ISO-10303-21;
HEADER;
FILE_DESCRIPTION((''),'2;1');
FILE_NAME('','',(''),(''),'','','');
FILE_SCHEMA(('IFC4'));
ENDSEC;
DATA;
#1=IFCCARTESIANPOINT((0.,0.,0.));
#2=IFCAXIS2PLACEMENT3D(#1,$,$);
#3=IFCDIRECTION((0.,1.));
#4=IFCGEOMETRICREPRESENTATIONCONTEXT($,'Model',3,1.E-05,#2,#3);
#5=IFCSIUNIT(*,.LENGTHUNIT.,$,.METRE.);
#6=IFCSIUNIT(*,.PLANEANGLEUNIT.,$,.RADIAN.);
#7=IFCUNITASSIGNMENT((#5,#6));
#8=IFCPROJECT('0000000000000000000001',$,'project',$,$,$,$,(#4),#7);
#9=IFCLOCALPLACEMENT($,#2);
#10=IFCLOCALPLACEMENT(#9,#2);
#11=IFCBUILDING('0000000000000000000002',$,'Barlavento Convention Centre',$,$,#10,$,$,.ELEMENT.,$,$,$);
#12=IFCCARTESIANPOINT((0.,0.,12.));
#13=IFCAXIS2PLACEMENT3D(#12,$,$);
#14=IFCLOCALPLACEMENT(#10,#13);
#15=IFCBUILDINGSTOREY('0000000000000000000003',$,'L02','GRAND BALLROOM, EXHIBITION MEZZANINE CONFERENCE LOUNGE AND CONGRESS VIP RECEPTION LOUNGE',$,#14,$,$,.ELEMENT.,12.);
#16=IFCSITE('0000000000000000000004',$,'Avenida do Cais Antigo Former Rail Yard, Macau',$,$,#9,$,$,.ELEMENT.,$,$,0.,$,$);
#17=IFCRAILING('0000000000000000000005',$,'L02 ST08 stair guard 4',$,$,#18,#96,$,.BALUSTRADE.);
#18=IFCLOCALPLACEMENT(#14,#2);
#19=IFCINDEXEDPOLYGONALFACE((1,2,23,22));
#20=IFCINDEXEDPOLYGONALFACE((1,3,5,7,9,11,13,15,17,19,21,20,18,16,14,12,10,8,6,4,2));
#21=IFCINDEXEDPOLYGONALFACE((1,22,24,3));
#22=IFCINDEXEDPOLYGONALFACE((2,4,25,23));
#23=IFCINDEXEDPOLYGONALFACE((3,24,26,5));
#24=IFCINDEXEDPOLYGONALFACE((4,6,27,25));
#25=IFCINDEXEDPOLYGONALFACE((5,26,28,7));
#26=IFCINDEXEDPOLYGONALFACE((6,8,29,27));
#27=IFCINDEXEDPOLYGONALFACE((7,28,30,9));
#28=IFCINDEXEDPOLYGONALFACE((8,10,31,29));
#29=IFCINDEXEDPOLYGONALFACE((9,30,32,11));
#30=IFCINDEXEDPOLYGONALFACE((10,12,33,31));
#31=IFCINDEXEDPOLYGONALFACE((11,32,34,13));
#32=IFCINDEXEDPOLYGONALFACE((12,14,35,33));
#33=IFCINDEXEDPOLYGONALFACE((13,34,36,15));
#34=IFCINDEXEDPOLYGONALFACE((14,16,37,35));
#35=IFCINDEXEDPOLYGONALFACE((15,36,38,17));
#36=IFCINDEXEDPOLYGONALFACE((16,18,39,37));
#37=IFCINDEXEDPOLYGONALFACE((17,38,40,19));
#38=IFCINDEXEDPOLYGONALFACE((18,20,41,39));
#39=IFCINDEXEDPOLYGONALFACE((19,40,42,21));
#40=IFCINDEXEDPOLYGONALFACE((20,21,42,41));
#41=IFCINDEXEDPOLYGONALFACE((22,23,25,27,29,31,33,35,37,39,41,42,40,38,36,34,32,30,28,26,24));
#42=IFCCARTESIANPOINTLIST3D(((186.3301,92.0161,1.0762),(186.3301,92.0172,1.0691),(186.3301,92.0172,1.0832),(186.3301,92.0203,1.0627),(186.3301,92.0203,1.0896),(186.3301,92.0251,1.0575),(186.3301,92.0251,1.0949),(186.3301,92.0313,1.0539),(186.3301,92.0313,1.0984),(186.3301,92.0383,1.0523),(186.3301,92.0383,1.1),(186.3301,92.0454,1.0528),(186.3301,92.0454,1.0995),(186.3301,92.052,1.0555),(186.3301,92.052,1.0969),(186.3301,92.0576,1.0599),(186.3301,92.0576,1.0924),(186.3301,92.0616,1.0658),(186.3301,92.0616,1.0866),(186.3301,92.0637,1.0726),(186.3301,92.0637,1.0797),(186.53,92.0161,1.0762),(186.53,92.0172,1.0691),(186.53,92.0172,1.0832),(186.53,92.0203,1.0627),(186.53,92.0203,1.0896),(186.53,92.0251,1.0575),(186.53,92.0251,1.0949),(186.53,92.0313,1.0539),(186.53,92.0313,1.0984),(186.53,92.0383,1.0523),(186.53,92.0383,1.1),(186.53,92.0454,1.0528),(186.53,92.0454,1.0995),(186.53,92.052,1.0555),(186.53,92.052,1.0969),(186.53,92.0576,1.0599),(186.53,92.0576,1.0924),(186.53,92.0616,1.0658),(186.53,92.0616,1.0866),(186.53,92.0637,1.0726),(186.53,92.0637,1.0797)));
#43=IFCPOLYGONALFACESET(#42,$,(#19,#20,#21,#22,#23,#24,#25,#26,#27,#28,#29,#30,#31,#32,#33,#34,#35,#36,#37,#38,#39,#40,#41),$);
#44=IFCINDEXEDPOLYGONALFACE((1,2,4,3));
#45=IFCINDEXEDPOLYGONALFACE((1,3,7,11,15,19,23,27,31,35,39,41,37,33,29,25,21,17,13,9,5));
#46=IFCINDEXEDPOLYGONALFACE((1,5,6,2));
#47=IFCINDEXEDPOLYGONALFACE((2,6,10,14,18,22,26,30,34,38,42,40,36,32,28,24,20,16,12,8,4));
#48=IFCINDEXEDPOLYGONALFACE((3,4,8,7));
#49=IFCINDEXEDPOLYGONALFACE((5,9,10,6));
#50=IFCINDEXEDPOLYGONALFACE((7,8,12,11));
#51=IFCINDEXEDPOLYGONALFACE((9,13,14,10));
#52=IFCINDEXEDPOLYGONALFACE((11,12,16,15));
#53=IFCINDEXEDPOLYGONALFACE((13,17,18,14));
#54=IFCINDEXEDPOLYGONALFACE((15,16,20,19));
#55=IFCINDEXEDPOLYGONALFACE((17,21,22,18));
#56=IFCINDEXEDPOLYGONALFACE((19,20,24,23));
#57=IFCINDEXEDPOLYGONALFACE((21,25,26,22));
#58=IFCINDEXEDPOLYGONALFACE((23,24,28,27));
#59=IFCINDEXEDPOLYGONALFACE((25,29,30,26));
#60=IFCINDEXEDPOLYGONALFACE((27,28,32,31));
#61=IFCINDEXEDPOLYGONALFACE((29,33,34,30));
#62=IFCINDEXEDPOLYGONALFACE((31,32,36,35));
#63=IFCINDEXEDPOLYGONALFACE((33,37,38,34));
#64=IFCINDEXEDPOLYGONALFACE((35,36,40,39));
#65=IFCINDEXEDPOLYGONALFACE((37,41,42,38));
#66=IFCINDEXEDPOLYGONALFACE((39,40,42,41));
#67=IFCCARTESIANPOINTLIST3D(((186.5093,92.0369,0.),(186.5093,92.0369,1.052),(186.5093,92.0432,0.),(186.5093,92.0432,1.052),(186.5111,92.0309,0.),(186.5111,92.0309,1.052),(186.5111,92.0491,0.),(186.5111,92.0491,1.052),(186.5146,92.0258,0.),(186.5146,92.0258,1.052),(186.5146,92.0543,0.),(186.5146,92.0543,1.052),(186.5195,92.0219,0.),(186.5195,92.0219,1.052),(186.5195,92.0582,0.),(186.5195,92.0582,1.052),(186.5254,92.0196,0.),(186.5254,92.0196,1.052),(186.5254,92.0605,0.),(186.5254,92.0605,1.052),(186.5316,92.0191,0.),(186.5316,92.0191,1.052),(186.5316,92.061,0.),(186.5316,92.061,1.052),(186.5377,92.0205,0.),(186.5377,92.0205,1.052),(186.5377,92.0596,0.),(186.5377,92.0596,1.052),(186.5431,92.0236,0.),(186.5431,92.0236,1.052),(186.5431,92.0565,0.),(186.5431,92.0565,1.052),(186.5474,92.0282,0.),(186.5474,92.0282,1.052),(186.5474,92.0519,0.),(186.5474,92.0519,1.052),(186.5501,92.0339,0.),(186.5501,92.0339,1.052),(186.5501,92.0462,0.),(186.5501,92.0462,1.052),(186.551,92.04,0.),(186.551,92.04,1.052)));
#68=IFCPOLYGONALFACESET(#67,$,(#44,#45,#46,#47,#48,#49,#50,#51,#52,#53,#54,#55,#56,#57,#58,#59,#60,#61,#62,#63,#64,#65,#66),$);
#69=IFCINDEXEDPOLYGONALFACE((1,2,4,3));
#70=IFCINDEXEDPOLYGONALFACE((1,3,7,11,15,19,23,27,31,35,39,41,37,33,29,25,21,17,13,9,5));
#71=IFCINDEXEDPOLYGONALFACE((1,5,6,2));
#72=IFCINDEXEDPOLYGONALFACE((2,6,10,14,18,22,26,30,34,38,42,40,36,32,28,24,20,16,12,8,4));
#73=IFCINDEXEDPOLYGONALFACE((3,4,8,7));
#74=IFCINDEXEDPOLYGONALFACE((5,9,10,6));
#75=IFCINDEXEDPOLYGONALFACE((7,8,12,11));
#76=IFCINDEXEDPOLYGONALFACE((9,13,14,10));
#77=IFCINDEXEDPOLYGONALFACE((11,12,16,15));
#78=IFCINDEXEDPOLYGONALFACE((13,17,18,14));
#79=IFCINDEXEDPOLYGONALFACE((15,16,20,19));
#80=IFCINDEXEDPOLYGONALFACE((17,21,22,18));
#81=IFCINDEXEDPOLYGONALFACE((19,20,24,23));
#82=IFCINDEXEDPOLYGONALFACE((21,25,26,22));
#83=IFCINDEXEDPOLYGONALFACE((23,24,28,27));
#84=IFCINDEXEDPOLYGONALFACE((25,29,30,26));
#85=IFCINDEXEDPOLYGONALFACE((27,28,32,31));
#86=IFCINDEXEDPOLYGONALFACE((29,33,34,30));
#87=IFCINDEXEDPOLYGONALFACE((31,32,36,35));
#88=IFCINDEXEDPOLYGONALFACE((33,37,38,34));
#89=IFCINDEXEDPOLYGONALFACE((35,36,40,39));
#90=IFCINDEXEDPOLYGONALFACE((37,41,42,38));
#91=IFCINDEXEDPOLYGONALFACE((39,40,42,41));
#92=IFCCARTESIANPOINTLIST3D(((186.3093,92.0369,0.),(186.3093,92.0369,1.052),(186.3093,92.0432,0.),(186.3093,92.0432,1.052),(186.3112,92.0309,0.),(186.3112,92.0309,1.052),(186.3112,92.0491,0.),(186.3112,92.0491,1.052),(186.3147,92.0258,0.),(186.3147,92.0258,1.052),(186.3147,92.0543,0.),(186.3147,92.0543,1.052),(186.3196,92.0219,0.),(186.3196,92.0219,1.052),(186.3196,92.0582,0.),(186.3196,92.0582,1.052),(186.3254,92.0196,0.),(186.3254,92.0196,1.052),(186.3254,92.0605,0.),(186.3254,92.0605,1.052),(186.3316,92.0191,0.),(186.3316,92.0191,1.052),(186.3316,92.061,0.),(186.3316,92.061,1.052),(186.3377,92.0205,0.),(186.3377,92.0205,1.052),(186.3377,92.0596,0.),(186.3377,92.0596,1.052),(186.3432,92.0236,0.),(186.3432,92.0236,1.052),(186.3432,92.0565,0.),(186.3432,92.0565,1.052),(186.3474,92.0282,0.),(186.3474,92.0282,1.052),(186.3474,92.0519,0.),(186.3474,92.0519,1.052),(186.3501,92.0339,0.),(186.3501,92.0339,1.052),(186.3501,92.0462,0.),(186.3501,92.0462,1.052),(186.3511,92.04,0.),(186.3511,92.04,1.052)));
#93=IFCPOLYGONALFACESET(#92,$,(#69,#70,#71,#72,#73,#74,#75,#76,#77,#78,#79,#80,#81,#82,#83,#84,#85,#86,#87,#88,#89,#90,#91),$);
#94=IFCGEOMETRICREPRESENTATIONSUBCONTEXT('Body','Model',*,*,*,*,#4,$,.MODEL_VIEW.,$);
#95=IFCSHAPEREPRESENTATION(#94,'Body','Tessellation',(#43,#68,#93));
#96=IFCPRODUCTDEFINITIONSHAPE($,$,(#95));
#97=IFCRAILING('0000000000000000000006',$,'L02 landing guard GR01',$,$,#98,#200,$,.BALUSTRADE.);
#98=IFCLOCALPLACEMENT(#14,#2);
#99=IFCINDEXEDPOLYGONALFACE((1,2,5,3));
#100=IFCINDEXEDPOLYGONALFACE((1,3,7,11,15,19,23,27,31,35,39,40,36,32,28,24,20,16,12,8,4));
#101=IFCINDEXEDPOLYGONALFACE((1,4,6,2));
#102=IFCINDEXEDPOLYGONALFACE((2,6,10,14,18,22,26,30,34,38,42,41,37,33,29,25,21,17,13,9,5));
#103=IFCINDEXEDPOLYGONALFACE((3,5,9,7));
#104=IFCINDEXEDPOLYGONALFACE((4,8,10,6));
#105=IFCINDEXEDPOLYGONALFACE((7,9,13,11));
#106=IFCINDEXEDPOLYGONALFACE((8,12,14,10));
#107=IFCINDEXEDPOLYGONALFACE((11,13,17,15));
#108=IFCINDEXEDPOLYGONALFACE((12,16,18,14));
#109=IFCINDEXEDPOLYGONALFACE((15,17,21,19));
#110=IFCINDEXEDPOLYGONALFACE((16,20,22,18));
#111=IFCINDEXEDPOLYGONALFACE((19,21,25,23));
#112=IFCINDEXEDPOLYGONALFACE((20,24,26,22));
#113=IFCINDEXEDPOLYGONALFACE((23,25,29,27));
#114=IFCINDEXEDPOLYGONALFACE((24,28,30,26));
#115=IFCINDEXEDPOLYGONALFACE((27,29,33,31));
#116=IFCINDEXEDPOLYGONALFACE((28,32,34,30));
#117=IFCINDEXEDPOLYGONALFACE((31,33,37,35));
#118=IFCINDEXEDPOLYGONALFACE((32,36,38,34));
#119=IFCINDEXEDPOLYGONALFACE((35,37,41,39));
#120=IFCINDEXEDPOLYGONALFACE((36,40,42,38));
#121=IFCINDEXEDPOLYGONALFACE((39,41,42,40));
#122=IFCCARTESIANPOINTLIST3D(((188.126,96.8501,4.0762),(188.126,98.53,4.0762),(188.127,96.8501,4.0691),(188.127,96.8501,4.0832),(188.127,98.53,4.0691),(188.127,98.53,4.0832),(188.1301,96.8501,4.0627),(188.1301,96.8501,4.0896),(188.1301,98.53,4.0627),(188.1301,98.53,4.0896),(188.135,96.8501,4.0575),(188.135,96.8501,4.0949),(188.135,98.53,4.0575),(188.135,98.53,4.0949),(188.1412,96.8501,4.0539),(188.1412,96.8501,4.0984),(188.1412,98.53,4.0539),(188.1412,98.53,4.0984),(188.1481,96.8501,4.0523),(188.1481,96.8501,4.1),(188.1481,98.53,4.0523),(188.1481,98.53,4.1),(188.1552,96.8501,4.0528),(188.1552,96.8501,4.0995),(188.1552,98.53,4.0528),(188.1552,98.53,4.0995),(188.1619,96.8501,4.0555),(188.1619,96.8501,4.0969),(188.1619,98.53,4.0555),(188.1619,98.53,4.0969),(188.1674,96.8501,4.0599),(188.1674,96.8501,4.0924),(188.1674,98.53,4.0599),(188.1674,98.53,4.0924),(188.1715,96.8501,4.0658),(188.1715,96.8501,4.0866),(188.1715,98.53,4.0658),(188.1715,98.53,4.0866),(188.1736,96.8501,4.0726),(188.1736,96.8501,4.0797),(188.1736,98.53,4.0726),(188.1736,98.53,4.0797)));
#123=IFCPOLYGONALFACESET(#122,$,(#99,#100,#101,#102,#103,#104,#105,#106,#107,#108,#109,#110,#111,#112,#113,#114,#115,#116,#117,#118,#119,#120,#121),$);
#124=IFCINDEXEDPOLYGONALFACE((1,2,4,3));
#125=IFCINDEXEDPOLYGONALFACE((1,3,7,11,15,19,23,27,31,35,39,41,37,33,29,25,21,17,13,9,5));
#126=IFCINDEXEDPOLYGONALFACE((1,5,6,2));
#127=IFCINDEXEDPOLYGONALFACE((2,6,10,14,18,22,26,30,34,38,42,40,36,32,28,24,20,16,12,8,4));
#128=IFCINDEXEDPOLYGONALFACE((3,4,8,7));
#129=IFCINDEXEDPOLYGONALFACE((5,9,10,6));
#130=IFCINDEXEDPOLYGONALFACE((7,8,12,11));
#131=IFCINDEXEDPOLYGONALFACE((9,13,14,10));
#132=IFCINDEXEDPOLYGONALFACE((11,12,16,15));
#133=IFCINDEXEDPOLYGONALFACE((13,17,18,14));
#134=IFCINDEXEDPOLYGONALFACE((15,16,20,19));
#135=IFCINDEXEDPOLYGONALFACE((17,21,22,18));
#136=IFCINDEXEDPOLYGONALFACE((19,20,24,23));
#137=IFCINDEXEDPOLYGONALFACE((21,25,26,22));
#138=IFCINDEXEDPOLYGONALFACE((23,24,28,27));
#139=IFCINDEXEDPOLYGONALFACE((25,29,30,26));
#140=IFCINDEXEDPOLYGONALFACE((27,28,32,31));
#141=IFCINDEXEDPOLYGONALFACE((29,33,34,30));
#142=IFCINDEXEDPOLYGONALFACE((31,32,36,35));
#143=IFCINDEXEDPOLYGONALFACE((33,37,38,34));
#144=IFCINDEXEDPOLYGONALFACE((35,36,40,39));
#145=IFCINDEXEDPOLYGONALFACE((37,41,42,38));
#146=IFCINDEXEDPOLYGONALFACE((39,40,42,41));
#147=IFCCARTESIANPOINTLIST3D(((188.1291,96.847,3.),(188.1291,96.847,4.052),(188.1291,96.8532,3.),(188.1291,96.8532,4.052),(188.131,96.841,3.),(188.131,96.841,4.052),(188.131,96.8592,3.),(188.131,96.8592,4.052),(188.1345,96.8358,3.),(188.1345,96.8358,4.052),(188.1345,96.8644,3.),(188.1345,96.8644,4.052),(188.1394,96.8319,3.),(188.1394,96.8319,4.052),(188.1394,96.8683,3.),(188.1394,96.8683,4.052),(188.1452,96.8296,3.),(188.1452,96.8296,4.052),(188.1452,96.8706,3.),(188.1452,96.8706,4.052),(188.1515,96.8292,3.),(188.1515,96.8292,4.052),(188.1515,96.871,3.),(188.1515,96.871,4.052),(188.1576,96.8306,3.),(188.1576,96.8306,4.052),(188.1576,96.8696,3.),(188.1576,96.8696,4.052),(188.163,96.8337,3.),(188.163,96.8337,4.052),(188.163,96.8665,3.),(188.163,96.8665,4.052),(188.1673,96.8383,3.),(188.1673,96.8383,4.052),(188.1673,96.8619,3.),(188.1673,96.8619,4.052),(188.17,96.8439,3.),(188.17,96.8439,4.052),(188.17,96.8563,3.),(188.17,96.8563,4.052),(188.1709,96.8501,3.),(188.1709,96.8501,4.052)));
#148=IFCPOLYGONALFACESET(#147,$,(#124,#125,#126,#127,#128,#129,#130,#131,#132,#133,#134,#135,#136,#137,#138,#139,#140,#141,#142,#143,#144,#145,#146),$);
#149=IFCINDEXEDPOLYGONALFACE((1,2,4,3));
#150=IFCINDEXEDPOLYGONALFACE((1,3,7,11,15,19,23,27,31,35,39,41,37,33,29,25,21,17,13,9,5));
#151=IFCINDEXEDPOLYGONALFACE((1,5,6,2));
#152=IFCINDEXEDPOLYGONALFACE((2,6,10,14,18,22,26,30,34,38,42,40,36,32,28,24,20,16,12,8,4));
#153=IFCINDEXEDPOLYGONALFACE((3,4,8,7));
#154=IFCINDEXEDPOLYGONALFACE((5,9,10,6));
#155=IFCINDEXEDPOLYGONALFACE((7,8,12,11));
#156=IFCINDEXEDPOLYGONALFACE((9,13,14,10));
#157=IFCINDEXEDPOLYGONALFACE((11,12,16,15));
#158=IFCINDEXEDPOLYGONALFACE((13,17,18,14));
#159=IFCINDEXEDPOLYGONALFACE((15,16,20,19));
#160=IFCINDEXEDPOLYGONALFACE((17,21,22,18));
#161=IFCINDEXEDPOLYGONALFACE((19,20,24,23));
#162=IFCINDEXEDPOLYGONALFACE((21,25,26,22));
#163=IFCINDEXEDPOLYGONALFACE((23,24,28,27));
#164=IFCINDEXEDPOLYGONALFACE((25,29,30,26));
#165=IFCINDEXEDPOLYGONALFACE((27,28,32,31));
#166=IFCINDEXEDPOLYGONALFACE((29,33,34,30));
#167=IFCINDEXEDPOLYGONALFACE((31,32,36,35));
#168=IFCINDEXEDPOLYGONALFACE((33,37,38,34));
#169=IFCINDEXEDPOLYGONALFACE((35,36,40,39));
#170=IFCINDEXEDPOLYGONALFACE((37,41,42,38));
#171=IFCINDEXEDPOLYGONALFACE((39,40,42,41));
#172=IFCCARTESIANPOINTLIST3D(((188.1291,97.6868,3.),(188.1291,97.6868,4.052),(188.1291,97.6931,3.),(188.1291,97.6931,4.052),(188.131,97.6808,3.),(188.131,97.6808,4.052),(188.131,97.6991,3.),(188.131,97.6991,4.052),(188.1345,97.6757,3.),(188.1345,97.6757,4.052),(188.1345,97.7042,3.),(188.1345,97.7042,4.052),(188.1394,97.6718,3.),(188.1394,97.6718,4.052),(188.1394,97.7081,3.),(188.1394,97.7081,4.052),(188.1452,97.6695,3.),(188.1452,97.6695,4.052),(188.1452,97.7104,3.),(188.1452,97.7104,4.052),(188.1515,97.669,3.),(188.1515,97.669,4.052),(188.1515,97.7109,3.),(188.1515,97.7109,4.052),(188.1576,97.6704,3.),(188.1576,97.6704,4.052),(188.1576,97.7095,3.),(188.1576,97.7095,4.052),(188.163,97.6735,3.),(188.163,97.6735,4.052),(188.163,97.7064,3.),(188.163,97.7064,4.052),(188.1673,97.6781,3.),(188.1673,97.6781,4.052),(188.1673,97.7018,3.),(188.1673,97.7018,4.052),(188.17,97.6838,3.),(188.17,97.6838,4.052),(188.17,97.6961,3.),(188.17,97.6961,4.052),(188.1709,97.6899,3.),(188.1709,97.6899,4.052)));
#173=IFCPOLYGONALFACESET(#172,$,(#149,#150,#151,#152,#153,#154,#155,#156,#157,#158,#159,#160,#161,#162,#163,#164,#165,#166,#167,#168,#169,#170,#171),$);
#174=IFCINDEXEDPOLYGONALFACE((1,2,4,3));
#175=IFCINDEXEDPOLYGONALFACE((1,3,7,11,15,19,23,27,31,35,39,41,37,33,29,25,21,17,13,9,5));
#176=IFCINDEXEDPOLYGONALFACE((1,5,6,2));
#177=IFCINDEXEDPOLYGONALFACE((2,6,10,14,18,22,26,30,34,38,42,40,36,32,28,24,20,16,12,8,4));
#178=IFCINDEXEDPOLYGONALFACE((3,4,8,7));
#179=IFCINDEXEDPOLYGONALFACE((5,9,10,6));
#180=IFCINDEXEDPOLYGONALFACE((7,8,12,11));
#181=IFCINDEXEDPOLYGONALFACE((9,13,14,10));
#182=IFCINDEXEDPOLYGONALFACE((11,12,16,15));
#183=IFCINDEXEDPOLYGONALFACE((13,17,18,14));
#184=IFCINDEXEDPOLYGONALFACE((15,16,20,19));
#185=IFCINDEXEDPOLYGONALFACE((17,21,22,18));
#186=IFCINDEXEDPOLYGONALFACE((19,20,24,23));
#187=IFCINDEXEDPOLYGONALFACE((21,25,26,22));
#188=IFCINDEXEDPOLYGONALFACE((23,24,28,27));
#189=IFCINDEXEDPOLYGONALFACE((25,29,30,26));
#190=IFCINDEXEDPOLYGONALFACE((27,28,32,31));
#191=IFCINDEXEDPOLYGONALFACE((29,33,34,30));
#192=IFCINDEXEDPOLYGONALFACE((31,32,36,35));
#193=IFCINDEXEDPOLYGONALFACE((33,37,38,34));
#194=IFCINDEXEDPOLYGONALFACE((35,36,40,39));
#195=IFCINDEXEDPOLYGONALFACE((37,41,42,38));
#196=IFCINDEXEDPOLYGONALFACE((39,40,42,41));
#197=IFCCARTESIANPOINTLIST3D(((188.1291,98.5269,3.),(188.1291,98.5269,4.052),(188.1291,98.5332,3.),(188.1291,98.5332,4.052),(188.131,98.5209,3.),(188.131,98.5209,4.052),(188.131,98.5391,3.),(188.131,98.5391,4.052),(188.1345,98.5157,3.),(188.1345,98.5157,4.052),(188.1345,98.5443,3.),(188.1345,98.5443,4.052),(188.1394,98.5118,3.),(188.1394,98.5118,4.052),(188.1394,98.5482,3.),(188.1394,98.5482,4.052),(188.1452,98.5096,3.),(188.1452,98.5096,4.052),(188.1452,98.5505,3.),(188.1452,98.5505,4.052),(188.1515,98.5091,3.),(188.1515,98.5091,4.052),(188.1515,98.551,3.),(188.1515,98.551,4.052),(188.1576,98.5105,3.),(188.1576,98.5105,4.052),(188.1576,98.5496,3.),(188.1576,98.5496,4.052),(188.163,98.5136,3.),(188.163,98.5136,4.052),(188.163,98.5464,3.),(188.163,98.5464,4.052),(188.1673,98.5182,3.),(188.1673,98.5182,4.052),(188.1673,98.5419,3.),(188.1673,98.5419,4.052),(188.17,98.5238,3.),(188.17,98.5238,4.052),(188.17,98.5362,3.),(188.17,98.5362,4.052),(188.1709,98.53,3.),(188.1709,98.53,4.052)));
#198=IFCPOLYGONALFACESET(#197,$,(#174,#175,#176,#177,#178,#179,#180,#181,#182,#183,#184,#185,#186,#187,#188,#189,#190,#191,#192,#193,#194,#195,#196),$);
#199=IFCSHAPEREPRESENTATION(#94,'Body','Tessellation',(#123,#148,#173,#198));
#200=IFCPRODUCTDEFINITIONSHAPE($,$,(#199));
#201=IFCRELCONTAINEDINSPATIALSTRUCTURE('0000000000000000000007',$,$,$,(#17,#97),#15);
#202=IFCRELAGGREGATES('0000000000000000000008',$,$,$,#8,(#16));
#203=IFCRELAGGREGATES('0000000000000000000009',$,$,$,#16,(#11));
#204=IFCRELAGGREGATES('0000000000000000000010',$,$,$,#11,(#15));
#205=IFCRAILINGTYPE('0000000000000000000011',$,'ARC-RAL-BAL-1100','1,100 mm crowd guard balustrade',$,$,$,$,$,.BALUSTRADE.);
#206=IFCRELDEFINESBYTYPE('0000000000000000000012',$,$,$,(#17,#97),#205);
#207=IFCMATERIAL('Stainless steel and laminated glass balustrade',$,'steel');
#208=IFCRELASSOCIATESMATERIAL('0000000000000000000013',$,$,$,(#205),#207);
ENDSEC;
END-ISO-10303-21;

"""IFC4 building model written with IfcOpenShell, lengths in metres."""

from ifc_helpers import new_model, si_unit, direction, frame, origin, origin_2d, place, context, subcontext, project, spatial, circle, extrude, material, type_object, element, save


model = new_model("IFC4")

# Units and contexts
model_context = context("Model", 3, precision=1e-05, world=origin(), true_north=direction((0.0, 1.0)))
body_context = subcontext(model_context, "Body", "Model", "MODEL_VIEW")
ifc_project = project(units=[si_unit("LENGTHUNIT", "METRE"), si_unit("PLANEANGLEUNIT", "RADIAN")], contexts=[model_context])

# Site, building, storey
site_placement = place(None, origin())
site = spatial("IfcSite", under=ifc_project, at=site_placement, Name="Avenida do Cais Antigo Former Rail Yard, Macau", CompositionType="ELEMENT", RefElevation=0.0)
building_placement = place(site_placement, origin())
building = spatial("IfcBuilding", under=site, at=building_placement, Name="Barlavento Convention Centre", CompositionType="ELEMENT")
storey_placement = place(building_placement, frame((0.0, 0.0, 12.0)))
storey = spatial("IfcBuildingStorey", under=building, at=storey_placement, Name="L02", Description="GRAND BALLROOM, EXHIBITION MEZZANINE CONFERENCE LOUNGE AND CONGRESS VIP RECEPTION LOUNGE", CompositionType="ELEMENT", Elevation=12.0)

# Railings
ifc_material_1 = material(Name="Stainless steel and laminated glass balustrade", Category="steel")
railing_type_1 = type_object("IfcRailingType", Name="ARC-RAL-BAL-1100", Description="1,100 mm crowd guard balustrade", PredefinedType="BALUSTRADE", material=ifc_material_1)
railing_1_placement = place(storey_placement, frame((186.53, 92.04, 0.0)))
element("IfcRailing", 1, at=railing_1_placement, inside=storey, type_object=railing_type_1, Name="L02 ST08 stair guard 4", PredefinedType="BALUSTRADE", context=body_context, shape_type="SweptSolid", body=[
    extrude(circle(Radius=0.0239, at=origin_2d()), frame((0.0, 0.0, 1.0762), z_axis=(-1.0, 0.0, 0.0), x_axis=(0.0, -1.0, 0.0)), (0.0, 0.0, 1.0), 0.2),
    extrude(circle(Radius=0.021, at=origin_2d()), origin(), (0.0, 0.0, 1.0), 1.052),
    extrude(circle(Radius=0.021, at=origin_2d()), frame((-0.2, 0.0, 0.0)), (0.0, 0.0, 1.0), 1.052),
])
for number, where, name in (
    (2, (188.1499, 96.8501, 3.0), "L02 landing guard GR01"),
):
    element("IfcRailing", number, at=place(storey_placement, frame(where)), inside=storey, type_object=railing_type_1, Name=name, PredefinedType="BALUSTRADE", context=body_context, shape_type="SweptSolid", body=[
        extrude(circle(Radius=0.0239, at=origin_2d()), frame((0.0, 0.0, 1.0762), z_axis=(0.0, 1.0, 0.0), x_axis=(-1.0, 0.0, 0.0)), (0.0, 0.0, 1.0), 1.6799),
        extrude(circle(Radius=0.021, at=origin_2d()), origin(), (0.0, 0.0, 1.0), 1.052),
        extrude(circle(Radius=0.021, at=origin_2d()), frame((0.0, 0.8398, 0.0)), (0.0, 0.0, 1.0), 1.052),
        extrude(circle(Radius=0.021, at=origin_2d()), frame((0.0, 1.6799, 0.0)), (0.0, 0.0, 1.0), 1.052),
    ])

save(model, "model.ifc")
